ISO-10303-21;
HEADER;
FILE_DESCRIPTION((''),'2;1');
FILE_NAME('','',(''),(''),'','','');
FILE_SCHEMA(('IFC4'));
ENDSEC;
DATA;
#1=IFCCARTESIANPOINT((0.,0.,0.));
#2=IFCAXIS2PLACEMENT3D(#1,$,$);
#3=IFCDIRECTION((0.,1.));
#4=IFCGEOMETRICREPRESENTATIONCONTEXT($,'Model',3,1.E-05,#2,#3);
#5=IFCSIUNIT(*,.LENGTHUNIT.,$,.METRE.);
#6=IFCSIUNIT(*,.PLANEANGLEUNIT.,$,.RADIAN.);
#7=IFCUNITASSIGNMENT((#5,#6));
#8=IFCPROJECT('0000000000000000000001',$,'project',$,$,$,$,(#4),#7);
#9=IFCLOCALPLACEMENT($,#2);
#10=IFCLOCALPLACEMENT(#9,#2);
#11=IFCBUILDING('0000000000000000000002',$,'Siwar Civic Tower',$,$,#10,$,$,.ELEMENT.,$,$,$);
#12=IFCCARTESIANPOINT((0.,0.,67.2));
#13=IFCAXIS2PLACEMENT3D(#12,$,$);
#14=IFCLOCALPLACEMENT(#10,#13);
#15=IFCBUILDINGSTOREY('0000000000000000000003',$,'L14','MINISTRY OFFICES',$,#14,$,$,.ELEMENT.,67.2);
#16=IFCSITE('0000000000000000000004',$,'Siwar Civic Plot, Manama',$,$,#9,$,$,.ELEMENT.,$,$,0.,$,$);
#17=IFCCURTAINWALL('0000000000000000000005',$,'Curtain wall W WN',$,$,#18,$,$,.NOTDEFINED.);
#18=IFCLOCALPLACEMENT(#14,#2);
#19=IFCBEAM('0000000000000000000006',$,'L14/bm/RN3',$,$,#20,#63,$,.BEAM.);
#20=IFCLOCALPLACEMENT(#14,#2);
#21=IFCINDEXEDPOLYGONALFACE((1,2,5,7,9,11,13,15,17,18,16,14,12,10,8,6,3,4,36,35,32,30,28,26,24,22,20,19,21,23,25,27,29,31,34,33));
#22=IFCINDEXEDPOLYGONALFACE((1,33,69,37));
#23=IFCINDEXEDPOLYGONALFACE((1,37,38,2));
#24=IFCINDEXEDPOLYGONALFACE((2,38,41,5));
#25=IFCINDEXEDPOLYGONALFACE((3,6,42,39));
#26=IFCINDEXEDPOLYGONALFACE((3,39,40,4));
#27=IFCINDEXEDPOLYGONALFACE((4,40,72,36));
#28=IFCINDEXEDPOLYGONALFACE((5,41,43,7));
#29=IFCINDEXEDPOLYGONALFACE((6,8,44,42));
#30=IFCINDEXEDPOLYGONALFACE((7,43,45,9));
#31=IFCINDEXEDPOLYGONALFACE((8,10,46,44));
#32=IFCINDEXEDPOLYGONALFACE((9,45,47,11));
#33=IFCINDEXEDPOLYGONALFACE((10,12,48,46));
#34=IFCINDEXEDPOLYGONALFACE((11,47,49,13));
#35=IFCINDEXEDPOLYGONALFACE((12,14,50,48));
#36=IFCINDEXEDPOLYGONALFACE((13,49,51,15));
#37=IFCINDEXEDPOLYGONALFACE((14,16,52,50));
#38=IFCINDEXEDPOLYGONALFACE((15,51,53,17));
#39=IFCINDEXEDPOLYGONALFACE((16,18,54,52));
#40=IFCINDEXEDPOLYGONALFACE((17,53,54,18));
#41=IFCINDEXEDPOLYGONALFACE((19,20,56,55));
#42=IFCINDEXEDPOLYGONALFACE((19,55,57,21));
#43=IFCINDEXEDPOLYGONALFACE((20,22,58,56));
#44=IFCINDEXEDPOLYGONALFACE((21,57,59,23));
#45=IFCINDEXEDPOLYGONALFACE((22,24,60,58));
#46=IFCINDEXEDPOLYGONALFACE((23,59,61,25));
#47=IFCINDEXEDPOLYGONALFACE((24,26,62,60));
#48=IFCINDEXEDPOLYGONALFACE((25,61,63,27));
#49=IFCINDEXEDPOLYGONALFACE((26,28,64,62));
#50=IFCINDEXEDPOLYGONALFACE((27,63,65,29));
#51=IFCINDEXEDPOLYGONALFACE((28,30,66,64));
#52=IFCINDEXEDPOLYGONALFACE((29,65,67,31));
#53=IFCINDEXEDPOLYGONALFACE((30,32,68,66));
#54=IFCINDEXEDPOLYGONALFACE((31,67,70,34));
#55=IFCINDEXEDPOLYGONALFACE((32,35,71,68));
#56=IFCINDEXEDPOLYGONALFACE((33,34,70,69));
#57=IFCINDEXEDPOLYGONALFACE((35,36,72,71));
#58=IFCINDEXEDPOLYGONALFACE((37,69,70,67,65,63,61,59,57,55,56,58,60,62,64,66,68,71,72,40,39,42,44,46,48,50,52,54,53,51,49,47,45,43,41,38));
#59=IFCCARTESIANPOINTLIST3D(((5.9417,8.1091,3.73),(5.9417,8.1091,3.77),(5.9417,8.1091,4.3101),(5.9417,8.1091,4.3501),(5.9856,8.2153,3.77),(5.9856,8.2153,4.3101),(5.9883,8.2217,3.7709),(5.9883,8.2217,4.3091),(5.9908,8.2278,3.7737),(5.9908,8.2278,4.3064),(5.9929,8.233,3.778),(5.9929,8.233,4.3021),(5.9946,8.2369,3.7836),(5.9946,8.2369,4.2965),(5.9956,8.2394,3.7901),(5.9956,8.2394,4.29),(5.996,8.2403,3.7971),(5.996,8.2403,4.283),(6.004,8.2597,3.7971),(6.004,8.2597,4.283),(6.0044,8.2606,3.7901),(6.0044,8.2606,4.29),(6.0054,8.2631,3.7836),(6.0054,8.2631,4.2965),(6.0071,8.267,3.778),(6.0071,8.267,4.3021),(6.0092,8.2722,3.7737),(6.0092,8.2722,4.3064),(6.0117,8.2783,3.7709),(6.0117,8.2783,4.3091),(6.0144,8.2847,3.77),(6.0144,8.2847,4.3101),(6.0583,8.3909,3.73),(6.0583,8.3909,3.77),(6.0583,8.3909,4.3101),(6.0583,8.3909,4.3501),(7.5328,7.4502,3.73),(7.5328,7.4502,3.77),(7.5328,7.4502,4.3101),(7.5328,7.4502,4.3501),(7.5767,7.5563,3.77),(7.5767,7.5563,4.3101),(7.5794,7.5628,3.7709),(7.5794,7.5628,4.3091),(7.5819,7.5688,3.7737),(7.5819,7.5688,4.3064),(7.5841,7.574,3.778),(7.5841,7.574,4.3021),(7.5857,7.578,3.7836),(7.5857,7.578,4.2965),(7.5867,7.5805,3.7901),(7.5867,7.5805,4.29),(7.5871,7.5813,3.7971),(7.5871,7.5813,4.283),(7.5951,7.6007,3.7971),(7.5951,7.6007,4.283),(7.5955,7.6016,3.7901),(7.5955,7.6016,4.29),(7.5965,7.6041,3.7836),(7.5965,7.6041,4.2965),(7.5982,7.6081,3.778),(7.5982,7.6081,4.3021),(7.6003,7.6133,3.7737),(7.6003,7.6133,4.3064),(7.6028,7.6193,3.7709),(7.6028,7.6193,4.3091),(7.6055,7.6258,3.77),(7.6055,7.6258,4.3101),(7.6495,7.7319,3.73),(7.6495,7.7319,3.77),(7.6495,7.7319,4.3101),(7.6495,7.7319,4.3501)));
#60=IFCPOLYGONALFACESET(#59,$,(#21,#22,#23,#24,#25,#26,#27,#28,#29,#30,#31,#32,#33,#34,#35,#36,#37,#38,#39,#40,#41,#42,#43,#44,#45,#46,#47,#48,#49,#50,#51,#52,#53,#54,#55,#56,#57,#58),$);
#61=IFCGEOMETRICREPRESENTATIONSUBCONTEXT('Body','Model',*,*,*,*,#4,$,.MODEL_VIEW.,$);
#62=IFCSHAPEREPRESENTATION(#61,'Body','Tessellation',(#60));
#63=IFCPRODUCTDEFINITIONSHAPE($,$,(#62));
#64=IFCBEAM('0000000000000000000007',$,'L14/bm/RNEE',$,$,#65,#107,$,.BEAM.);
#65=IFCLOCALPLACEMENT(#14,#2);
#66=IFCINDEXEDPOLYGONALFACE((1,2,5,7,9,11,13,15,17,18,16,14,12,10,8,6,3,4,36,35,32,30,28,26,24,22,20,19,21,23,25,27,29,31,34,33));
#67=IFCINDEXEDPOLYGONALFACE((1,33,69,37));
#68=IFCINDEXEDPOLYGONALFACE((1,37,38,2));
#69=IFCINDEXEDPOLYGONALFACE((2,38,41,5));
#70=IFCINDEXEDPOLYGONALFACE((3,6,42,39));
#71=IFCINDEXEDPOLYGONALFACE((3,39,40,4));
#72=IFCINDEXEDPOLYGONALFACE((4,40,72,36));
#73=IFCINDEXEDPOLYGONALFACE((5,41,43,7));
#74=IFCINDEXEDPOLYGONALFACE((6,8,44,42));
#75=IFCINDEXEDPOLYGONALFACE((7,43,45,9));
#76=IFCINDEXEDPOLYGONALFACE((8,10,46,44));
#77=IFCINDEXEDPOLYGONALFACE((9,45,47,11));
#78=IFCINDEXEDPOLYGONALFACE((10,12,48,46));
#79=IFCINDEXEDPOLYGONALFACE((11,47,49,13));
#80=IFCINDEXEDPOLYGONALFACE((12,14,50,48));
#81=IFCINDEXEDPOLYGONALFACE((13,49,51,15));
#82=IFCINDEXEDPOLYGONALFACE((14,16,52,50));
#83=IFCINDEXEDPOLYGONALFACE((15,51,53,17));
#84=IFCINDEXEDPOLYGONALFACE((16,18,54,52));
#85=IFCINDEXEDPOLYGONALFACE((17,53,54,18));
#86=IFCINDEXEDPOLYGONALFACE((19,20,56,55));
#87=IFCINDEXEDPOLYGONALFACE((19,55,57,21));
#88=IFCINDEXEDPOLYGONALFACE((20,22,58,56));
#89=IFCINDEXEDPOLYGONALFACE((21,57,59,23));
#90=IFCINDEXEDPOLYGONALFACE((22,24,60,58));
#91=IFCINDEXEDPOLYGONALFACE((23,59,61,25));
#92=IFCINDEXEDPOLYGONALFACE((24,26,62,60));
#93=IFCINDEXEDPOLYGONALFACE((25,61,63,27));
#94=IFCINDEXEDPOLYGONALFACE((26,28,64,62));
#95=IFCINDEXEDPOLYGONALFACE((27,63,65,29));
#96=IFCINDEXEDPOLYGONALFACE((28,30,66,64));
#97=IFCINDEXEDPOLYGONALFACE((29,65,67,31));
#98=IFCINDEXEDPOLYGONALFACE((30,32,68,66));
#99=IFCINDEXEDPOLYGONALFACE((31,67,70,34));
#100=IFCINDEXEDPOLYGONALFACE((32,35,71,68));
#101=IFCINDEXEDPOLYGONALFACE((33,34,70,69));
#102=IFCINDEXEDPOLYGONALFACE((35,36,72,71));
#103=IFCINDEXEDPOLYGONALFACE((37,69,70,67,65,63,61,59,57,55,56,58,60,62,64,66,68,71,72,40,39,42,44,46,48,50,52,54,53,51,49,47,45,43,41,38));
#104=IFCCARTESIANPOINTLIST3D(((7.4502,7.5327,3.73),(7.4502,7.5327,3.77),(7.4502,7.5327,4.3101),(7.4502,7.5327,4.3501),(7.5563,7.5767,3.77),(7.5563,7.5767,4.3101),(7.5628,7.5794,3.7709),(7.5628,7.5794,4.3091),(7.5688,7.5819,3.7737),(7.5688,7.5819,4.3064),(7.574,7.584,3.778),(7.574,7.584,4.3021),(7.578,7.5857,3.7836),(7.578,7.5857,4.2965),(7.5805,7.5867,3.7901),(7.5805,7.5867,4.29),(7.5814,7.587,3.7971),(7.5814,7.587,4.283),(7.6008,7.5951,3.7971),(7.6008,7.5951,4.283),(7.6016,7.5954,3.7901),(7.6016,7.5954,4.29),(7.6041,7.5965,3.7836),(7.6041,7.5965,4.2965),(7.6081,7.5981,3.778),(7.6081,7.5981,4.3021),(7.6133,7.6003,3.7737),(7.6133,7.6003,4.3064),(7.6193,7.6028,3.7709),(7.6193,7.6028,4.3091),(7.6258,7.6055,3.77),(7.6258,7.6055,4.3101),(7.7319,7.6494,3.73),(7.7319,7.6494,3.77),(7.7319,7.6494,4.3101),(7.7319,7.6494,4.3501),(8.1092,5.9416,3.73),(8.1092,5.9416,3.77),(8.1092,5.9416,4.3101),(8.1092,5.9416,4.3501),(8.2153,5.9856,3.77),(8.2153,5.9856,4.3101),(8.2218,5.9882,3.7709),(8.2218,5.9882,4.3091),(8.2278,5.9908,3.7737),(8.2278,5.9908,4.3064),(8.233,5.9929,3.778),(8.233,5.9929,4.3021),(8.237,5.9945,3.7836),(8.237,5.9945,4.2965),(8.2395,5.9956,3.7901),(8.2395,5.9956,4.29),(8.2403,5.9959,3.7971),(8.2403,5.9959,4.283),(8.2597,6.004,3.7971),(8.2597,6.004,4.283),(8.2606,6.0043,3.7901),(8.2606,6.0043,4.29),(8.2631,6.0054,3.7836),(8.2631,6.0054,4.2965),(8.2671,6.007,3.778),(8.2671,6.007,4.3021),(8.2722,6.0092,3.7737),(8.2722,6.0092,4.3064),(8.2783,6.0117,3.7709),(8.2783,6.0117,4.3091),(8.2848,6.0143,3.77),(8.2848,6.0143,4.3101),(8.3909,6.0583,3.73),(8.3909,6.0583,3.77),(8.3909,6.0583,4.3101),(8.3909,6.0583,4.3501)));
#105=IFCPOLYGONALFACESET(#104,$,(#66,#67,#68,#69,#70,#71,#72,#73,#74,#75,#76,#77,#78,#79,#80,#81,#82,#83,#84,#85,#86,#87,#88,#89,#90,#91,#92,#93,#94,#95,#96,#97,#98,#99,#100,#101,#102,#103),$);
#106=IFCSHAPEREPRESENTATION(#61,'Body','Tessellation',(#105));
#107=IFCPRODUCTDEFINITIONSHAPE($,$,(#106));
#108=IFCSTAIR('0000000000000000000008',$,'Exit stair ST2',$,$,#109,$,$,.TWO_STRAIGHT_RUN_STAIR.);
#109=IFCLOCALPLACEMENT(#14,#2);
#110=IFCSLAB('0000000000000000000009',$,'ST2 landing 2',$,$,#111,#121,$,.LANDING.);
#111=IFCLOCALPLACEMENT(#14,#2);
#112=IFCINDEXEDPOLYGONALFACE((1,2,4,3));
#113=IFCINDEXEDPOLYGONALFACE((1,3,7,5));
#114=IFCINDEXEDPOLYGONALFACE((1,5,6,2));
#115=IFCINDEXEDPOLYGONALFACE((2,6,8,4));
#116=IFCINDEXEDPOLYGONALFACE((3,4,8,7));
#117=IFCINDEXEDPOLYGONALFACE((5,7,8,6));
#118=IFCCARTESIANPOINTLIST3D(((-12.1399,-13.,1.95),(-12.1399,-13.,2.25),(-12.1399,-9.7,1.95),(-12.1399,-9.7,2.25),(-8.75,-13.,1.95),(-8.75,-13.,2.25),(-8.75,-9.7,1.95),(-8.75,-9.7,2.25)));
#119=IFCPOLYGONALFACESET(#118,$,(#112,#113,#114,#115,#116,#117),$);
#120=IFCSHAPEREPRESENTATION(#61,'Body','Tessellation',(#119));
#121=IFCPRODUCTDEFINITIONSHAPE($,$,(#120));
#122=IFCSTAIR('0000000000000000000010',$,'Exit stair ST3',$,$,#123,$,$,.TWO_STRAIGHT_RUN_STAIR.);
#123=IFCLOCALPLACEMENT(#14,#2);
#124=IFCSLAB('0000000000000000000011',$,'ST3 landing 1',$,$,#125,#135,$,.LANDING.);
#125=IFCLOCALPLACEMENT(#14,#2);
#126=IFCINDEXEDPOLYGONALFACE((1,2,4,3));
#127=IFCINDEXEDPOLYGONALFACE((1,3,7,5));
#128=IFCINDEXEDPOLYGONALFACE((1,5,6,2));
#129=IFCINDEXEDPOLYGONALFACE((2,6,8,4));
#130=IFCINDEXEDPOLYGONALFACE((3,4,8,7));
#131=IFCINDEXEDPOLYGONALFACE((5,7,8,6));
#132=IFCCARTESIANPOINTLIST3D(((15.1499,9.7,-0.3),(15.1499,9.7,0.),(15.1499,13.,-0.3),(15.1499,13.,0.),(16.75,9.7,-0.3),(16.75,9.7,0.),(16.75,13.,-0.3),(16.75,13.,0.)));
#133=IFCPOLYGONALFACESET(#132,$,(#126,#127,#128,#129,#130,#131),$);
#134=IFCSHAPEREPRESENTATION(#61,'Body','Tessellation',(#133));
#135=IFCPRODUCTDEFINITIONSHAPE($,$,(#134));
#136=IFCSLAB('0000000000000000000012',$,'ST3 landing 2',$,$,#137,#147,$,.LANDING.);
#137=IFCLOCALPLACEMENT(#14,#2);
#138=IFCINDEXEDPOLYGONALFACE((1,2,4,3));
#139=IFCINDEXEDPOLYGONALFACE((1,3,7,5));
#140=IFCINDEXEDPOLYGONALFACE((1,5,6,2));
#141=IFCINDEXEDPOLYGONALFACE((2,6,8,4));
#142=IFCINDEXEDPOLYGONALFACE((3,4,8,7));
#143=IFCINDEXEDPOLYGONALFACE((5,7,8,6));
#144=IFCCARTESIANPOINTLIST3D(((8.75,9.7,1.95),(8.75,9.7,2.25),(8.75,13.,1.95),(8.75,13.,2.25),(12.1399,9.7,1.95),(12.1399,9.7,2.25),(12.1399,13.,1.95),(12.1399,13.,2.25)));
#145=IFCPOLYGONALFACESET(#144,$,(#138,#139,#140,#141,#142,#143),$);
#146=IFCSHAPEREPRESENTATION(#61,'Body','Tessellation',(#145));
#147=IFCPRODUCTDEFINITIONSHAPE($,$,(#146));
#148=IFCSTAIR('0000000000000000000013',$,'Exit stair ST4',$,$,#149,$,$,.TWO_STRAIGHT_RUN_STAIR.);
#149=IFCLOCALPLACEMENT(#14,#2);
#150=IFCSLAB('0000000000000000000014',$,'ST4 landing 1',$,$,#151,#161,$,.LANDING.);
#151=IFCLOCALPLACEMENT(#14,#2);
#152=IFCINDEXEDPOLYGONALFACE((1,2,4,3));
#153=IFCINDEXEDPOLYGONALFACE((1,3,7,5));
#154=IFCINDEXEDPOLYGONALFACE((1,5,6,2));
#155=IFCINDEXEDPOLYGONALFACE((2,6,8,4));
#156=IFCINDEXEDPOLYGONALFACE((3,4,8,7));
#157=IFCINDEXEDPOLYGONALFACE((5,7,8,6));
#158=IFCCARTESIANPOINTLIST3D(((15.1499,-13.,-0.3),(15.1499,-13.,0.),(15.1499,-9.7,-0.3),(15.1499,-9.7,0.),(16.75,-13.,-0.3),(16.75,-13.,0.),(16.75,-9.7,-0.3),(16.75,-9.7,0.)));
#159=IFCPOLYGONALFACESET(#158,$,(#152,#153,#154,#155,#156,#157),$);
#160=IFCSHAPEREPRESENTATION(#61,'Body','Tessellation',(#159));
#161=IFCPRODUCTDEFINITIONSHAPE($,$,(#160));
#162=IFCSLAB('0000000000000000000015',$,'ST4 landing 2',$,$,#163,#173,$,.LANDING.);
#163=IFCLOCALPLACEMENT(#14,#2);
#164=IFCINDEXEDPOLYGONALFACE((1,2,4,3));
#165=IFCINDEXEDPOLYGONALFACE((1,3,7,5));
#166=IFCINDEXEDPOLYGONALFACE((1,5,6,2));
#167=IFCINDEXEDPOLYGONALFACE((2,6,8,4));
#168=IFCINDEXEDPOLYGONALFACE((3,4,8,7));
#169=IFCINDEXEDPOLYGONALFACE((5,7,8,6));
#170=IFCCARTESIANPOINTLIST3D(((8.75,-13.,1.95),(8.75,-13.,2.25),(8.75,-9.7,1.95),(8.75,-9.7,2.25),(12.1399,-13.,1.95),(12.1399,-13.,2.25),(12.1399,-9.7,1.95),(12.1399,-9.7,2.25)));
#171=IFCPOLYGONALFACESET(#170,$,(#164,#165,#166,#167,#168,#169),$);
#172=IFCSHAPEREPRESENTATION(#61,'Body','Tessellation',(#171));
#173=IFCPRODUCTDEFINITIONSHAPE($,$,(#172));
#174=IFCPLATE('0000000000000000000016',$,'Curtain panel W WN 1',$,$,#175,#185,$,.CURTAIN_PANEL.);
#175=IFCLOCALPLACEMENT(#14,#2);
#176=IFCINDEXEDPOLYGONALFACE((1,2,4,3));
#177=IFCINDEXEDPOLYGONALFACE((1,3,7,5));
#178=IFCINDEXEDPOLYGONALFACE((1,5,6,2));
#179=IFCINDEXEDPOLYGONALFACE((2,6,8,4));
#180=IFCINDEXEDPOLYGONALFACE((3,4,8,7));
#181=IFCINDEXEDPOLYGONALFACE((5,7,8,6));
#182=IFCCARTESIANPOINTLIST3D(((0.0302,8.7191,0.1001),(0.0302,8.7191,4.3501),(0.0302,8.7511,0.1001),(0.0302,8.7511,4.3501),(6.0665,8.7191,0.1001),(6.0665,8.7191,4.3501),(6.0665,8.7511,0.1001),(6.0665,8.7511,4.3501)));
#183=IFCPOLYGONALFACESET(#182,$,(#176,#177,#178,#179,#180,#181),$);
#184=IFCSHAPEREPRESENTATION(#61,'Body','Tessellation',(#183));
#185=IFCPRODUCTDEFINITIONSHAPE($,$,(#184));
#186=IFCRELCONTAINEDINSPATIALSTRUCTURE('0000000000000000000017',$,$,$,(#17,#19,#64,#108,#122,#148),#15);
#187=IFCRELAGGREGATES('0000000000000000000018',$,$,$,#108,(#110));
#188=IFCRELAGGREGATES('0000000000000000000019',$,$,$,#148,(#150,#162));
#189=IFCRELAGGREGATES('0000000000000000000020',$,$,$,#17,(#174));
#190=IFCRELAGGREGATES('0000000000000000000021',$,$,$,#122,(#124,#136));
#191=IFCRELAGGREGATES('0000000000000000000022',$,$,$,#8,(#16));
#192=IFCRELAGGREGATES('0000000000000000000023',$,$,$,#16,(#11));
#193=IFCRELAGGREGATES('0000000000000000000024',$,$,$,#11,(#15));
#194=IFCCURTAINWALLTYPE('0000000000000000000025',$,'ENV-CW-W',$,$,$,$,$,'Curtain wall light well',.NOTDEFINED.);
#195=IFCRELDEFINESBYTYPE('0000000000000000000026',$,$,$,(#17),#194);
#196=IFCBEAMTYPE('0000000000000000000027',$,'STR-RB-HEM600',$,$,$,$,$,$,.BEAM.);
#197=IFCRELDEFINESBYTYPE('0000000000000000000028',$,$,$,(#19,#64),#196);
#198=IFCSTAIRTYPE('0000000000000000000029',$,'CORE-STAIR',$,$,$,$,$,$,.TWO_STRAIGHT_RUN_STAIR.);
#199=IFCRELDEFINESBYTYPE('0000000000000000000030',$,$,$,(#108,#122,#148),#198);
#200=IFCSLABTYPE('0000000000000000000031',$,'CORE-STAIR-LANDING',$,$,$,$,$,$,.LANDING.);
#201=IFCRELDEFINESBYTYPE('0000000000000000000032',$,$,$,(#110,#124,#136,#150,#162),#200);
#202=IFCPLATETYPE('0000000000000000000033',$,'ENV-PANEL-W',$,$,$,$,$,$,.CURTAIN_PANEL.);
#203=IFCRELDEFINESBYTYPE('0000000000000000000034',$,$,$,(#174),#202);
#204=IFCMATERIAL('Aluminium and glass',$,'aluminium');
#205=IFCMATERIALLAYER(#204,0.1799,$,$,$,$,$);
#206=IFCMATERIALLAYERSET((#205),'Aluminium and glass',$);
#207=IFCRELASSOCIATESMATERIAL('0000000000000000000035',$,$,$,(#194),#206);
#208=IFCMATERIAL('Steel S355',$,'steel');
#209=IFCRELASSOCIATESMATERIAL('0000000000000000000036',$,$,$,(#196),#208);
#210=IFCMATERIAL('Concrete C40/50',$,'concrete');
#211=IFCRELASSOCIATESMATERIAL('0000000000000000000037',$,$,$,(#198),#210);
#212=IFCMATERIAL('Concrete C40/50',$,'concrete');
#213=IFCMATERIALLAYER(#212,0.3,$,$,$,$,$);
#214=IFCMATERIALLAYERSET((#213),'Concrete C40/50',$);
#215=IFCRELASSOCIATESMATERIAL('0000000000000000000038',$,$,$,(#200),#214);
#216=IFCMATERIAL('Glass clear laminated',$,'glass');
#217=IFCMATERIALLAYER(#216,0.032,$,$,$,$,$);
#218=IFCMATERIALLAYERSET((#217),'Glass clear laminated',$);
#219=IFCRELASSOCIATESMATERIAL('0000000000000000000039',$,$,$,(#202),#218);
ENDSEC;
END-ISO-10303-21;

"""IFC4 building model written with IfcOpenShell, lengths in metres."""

from ifc_helpers import new_model, si_unit, direction, frame, origin, origin_2d, place, context, subcontext, project, spatial, polyline, rectangle, i_section, outline, extrude, material, layer, layer_set, material_profile, profile_set, type_object, element, aggregate, save


model = new_model("IFC4")

# Units and contexts
model_context = context("Model", 3, precision=1e-05, world=origin(), true_north=direction((0.0, 1.0)))
body_context = subcontext(model_context, "Body", "Model", "MODEL_VIEW")
ifc_project = project(units=[si_unit("LENGTHUNIT", "METRE"), si_unit("PLANEANGLEUNIT", "RADIAN")], contexts=[model_context])

# Site, building, storey
site_placement = place(None, origin())
site = spatial("IfcSite", under=ifc_project, at=site_placement, Name="Siwar Civic Plot, Manama", CompositionType="ELEMENT", RefElevation=0.0)
building_placement = place(site_placement, origin())
building = spatial("IfcBuilding", under=site, at=building_placement, Name="Siwar Civic Tower", CompositionType="ELEMENT")
storey_placement = place(building_placement, frame((0.0, 0.0, 67.2)))
storey = spatial("IfcBuildingStorey", under=building, at=storey_placement, Name="L14", Description="MINISTRY OFFICES", CompositionType="ELEMENT", Elevation=67.2)

# Curtain wall
ifc_material_1 = material(Name="Aluminium and glass", Category="aluminium")
ifc_layer_1 = layer(ifc_material_1, 0.1799)
ifc_layer_set_1 = layer_set([ifc_layer_1], Name="Aluminium and glass")
curtain_wall_type = type_object("IfcCurtainWallType", Name="ENV-CW-W", ElementType="Curtain wall light well", PredefinedType="NOTDEFINED", material=ifc_layer_set_1)
curtain_wall_placement = place(storey_placement, origin())
curtain_wall = element("IfcCurtainWall", 1, at=curtain_wall_placement, inside=storey, type_object=curtain_wall_type, Name="Curtain wall W WN", PredefinedType="NOTDEFINED")

# Beams
ifc_material_2 = material(Name="Steel S355", Category="steel")
ifc_material_profile_1 = material_profile(ifc_material_2, i_section(OverallWidth=0.3049, OverallDepth=0.6201, WebThickness=0.021, FlangeThickness=0.04, FilletRadius=0.0271, at=origin_2d()), Name="HEM600")
ifc_profile_set_1 = profile_set([ifc_material_profile_1], Name="Steel S355")
beam_type_1 = type_object("IfcBeamType", Name="STR-RB-HEM600", PredefinedType="BEAM", material=ifc_profile_set_1)
for number, where, z_axis, x_axis, name in (
    (2, (6.0, 8.25, 4.04), (0.923901, -0.382631, 0.0), (0.382631, 0.923901, 0.0), "L14/bm/RN3"),
    (3, (7.5911, 7.5911, 4.04), (0.382631, -0.923901, 0.0), (0.923901, 0.382631, 0.0), "L14/bm/RNEE"),
):
    element("IfcBeam", number, at=place(storey_placement, frame(where, z_axis=z_axis, x_axis=x_axis)), inside=storey, type_object=beam_type_1, Name=name, PredefinedType="BEAM", context=body_context, shape_type="SweptSolid", body=[
        extrude(i_section(OverallWidth=0.3049, OverallDepth=0.6201, WebThickness=0.021, FlangeThickness=0.04, FilletRadius=0.0271, at=origin_2d()), origin(), (0.0, 0.0, 1.0), 1.7222),
    ])

# Stair, slab
ifc_material_3 = material(Name="Concrete C40/50", Category="concrete")
stair_type = type_object("IfcStairType", Name="CORE-STAIR", PredefinedType="TWO_STRAIGHT_RUN_STAIR", material=ifc_material_3)
stair_1_placement = place(storey_placement, origin())
stair_1 = element("IfcStair", 4, at=stair_1_placement, inside=storey, type_object=stair_type, Name="Exit stair ST2", PredefinedType="TWO_STRAIGHT_RUN_STAIR")
ifc_material_4 = material(Name="Concrete C40/50", Category="concrete")
ifc_layer_2 = layer(ifc_material_4, 0.3)
ifc_layer_set_2 = layer_set([ifc_layer_2], Name="Concrete C40/50")
slab_type_1 = type_object("IfcSlabType", Name="CORE-STAIR-LANDING", PredefinedType="LANDING", material=ifc_layer_set_2)
slab_1_placement = place(storey_placement, frame((0.0, 0.0, 1.95)))
slab_1 = element("IfcSlab", 5, at=slab_1_placement, type_object=slab_type_1, Name="ST2 landing 2", PredefinedType="LANDING", context=body_context, shape_type="SweptSolid", body=[
    extrude(outline(polyline([(-8.75, -9.7), (-12.1399, -9.7), (-12.1399, -13.0), (-8.75, -13.0), (-8.75, -9.7)])), origin(), (0.0, 0.0, 1.0), 0.3),
])
aggregate(stair_1, [slab_1])

# Stairs, slabs
stair_2_placement = place(storey_placement, origin())
stair_2 = element("IfcStair", 6, at=stair_2_placement, inside=storey, type_object=stair_type, Name="Exit stair ST3", PredefinedType="TWO_STRAIGHT_RUN_STAIR")
slab_2_placement = place(storey_placement, frame((0.0, 0.0, -0.3)))
slab_2 = element("IfcSlab", 7, at=slab_2_placement, type_object=slab_type_1, Name="ST3 landing 1", PredefinedType="LANDING", context=body_context, shape_type="SweptSolid", body=[
    extrude(outline(polyline([(15.1499, 9.7), (16.75, 9.7), (16.75, 13.0), (15.1499, 13.0), (15.1499, 9.7)])), origin(), (0.0, 0.0, 1.0), 0.3),
])
slab_3_placement = place(storey_placement, frame((0.0, 0.0, 1.95)))
slab_3 = element("IfcSlab", 8, at=slab_3_placement, type_object=slab_type_1, Name="ST3 landing 2", PredefinedType="LANDING", context=body_context, shape_type="SweptSolid", body=[
    extrude(outline(polyline([(8.75, 9.7), (12.1399, 9.7), (12.1399, 13.0), (8.75, 13.0), (8.75, 9.7)])), origin(), (0.0, 0.0, 1.0), 0.3),
])
stair_3_placement = place(storey_placement, origin())
stair_3 = element("IfcStair", 9, at=stair_3_placement, inside=storey, type_object=stair_type, Name="Exit stair ST4", PredefinedType="TWO_STRAIGHT_RUN_STAIR")
slab_4_placement = place(storey_placement, frame((0.0, 0.0, -0.3)))
slab_4 = element("IfcSlab", 10, at=slab_4_placement, type_object=slab_type_1, Name="ST4 landing 1", PredefinedType="LANDING", context=body_context, shape_type="SweptSolid", body=[
    extrude(outline(polyline([(15.1499, -13.0), (16.75, -13.0), (16.75, -9.7), (15.1499, -9.7), (15.1499, -13.0)])), origin(), (0.0, 0.0, 1.0), 0.3),
])
slab_5_placement = place(storey_placement, frame((0.0, 0.0, 1.95)))
slab_5 = element("IfcSlab", 11, at=slab_5_placement, type_object=slab_type_1, Name="ST4 landing 2", PredefinedType="LANDING", context=body_context, shape_type="SweptSolid", body=[
    extrude(outline(polyline([(8.75, -13.0), (12.1399, -13.0), (12.1399, -9.7), (8.75, -9.7), (8.75, -13.0)])), origin(), (0.0, 0.0, 1.0), 0.3),
])
aggregate(stair_3, [slab_4, slab_5])

# Plate
ifc_material_5 = material(Name="Glass clear laminated", Category="glass")
ifc_layer_3 = layer(ifc_material_5, 0.032)
ifc_layer_set_3 = layer_set([ifc_layer_3], Name="Glass clear laminated")
plate_type = type_object("IfcPlateType", Name="ENV-PANEL-W", PredefinedType="CURTAIN_PANEL", material=ifc_layer_set_3)
plate_placement = place(storey_placement, frame((3.0483, 8.7351, 0.1001), z_axis=(0.0, 0.0, 1.0), x_axis=(-1.0, 0.0, 0.0)))
plate = element("IfcPlate", 12, at=plate_placement, type_object=plate_type, Name="Curtain panel W WN 1", PredefinedType="CURTAIN_PANEL", context=body_context, shape_type="SweptSolid", body=[
    extrude(rectangle(XDim=6.0364, YDim=0.032, at=origin_2d()), origin(), (0.0, 0.0, 1.0), 4.25),
])
aggregate(curtain_wall, [plate])

aggregate(stair_2, [slab_2, slab_3])

save(model, "model.ifc")
